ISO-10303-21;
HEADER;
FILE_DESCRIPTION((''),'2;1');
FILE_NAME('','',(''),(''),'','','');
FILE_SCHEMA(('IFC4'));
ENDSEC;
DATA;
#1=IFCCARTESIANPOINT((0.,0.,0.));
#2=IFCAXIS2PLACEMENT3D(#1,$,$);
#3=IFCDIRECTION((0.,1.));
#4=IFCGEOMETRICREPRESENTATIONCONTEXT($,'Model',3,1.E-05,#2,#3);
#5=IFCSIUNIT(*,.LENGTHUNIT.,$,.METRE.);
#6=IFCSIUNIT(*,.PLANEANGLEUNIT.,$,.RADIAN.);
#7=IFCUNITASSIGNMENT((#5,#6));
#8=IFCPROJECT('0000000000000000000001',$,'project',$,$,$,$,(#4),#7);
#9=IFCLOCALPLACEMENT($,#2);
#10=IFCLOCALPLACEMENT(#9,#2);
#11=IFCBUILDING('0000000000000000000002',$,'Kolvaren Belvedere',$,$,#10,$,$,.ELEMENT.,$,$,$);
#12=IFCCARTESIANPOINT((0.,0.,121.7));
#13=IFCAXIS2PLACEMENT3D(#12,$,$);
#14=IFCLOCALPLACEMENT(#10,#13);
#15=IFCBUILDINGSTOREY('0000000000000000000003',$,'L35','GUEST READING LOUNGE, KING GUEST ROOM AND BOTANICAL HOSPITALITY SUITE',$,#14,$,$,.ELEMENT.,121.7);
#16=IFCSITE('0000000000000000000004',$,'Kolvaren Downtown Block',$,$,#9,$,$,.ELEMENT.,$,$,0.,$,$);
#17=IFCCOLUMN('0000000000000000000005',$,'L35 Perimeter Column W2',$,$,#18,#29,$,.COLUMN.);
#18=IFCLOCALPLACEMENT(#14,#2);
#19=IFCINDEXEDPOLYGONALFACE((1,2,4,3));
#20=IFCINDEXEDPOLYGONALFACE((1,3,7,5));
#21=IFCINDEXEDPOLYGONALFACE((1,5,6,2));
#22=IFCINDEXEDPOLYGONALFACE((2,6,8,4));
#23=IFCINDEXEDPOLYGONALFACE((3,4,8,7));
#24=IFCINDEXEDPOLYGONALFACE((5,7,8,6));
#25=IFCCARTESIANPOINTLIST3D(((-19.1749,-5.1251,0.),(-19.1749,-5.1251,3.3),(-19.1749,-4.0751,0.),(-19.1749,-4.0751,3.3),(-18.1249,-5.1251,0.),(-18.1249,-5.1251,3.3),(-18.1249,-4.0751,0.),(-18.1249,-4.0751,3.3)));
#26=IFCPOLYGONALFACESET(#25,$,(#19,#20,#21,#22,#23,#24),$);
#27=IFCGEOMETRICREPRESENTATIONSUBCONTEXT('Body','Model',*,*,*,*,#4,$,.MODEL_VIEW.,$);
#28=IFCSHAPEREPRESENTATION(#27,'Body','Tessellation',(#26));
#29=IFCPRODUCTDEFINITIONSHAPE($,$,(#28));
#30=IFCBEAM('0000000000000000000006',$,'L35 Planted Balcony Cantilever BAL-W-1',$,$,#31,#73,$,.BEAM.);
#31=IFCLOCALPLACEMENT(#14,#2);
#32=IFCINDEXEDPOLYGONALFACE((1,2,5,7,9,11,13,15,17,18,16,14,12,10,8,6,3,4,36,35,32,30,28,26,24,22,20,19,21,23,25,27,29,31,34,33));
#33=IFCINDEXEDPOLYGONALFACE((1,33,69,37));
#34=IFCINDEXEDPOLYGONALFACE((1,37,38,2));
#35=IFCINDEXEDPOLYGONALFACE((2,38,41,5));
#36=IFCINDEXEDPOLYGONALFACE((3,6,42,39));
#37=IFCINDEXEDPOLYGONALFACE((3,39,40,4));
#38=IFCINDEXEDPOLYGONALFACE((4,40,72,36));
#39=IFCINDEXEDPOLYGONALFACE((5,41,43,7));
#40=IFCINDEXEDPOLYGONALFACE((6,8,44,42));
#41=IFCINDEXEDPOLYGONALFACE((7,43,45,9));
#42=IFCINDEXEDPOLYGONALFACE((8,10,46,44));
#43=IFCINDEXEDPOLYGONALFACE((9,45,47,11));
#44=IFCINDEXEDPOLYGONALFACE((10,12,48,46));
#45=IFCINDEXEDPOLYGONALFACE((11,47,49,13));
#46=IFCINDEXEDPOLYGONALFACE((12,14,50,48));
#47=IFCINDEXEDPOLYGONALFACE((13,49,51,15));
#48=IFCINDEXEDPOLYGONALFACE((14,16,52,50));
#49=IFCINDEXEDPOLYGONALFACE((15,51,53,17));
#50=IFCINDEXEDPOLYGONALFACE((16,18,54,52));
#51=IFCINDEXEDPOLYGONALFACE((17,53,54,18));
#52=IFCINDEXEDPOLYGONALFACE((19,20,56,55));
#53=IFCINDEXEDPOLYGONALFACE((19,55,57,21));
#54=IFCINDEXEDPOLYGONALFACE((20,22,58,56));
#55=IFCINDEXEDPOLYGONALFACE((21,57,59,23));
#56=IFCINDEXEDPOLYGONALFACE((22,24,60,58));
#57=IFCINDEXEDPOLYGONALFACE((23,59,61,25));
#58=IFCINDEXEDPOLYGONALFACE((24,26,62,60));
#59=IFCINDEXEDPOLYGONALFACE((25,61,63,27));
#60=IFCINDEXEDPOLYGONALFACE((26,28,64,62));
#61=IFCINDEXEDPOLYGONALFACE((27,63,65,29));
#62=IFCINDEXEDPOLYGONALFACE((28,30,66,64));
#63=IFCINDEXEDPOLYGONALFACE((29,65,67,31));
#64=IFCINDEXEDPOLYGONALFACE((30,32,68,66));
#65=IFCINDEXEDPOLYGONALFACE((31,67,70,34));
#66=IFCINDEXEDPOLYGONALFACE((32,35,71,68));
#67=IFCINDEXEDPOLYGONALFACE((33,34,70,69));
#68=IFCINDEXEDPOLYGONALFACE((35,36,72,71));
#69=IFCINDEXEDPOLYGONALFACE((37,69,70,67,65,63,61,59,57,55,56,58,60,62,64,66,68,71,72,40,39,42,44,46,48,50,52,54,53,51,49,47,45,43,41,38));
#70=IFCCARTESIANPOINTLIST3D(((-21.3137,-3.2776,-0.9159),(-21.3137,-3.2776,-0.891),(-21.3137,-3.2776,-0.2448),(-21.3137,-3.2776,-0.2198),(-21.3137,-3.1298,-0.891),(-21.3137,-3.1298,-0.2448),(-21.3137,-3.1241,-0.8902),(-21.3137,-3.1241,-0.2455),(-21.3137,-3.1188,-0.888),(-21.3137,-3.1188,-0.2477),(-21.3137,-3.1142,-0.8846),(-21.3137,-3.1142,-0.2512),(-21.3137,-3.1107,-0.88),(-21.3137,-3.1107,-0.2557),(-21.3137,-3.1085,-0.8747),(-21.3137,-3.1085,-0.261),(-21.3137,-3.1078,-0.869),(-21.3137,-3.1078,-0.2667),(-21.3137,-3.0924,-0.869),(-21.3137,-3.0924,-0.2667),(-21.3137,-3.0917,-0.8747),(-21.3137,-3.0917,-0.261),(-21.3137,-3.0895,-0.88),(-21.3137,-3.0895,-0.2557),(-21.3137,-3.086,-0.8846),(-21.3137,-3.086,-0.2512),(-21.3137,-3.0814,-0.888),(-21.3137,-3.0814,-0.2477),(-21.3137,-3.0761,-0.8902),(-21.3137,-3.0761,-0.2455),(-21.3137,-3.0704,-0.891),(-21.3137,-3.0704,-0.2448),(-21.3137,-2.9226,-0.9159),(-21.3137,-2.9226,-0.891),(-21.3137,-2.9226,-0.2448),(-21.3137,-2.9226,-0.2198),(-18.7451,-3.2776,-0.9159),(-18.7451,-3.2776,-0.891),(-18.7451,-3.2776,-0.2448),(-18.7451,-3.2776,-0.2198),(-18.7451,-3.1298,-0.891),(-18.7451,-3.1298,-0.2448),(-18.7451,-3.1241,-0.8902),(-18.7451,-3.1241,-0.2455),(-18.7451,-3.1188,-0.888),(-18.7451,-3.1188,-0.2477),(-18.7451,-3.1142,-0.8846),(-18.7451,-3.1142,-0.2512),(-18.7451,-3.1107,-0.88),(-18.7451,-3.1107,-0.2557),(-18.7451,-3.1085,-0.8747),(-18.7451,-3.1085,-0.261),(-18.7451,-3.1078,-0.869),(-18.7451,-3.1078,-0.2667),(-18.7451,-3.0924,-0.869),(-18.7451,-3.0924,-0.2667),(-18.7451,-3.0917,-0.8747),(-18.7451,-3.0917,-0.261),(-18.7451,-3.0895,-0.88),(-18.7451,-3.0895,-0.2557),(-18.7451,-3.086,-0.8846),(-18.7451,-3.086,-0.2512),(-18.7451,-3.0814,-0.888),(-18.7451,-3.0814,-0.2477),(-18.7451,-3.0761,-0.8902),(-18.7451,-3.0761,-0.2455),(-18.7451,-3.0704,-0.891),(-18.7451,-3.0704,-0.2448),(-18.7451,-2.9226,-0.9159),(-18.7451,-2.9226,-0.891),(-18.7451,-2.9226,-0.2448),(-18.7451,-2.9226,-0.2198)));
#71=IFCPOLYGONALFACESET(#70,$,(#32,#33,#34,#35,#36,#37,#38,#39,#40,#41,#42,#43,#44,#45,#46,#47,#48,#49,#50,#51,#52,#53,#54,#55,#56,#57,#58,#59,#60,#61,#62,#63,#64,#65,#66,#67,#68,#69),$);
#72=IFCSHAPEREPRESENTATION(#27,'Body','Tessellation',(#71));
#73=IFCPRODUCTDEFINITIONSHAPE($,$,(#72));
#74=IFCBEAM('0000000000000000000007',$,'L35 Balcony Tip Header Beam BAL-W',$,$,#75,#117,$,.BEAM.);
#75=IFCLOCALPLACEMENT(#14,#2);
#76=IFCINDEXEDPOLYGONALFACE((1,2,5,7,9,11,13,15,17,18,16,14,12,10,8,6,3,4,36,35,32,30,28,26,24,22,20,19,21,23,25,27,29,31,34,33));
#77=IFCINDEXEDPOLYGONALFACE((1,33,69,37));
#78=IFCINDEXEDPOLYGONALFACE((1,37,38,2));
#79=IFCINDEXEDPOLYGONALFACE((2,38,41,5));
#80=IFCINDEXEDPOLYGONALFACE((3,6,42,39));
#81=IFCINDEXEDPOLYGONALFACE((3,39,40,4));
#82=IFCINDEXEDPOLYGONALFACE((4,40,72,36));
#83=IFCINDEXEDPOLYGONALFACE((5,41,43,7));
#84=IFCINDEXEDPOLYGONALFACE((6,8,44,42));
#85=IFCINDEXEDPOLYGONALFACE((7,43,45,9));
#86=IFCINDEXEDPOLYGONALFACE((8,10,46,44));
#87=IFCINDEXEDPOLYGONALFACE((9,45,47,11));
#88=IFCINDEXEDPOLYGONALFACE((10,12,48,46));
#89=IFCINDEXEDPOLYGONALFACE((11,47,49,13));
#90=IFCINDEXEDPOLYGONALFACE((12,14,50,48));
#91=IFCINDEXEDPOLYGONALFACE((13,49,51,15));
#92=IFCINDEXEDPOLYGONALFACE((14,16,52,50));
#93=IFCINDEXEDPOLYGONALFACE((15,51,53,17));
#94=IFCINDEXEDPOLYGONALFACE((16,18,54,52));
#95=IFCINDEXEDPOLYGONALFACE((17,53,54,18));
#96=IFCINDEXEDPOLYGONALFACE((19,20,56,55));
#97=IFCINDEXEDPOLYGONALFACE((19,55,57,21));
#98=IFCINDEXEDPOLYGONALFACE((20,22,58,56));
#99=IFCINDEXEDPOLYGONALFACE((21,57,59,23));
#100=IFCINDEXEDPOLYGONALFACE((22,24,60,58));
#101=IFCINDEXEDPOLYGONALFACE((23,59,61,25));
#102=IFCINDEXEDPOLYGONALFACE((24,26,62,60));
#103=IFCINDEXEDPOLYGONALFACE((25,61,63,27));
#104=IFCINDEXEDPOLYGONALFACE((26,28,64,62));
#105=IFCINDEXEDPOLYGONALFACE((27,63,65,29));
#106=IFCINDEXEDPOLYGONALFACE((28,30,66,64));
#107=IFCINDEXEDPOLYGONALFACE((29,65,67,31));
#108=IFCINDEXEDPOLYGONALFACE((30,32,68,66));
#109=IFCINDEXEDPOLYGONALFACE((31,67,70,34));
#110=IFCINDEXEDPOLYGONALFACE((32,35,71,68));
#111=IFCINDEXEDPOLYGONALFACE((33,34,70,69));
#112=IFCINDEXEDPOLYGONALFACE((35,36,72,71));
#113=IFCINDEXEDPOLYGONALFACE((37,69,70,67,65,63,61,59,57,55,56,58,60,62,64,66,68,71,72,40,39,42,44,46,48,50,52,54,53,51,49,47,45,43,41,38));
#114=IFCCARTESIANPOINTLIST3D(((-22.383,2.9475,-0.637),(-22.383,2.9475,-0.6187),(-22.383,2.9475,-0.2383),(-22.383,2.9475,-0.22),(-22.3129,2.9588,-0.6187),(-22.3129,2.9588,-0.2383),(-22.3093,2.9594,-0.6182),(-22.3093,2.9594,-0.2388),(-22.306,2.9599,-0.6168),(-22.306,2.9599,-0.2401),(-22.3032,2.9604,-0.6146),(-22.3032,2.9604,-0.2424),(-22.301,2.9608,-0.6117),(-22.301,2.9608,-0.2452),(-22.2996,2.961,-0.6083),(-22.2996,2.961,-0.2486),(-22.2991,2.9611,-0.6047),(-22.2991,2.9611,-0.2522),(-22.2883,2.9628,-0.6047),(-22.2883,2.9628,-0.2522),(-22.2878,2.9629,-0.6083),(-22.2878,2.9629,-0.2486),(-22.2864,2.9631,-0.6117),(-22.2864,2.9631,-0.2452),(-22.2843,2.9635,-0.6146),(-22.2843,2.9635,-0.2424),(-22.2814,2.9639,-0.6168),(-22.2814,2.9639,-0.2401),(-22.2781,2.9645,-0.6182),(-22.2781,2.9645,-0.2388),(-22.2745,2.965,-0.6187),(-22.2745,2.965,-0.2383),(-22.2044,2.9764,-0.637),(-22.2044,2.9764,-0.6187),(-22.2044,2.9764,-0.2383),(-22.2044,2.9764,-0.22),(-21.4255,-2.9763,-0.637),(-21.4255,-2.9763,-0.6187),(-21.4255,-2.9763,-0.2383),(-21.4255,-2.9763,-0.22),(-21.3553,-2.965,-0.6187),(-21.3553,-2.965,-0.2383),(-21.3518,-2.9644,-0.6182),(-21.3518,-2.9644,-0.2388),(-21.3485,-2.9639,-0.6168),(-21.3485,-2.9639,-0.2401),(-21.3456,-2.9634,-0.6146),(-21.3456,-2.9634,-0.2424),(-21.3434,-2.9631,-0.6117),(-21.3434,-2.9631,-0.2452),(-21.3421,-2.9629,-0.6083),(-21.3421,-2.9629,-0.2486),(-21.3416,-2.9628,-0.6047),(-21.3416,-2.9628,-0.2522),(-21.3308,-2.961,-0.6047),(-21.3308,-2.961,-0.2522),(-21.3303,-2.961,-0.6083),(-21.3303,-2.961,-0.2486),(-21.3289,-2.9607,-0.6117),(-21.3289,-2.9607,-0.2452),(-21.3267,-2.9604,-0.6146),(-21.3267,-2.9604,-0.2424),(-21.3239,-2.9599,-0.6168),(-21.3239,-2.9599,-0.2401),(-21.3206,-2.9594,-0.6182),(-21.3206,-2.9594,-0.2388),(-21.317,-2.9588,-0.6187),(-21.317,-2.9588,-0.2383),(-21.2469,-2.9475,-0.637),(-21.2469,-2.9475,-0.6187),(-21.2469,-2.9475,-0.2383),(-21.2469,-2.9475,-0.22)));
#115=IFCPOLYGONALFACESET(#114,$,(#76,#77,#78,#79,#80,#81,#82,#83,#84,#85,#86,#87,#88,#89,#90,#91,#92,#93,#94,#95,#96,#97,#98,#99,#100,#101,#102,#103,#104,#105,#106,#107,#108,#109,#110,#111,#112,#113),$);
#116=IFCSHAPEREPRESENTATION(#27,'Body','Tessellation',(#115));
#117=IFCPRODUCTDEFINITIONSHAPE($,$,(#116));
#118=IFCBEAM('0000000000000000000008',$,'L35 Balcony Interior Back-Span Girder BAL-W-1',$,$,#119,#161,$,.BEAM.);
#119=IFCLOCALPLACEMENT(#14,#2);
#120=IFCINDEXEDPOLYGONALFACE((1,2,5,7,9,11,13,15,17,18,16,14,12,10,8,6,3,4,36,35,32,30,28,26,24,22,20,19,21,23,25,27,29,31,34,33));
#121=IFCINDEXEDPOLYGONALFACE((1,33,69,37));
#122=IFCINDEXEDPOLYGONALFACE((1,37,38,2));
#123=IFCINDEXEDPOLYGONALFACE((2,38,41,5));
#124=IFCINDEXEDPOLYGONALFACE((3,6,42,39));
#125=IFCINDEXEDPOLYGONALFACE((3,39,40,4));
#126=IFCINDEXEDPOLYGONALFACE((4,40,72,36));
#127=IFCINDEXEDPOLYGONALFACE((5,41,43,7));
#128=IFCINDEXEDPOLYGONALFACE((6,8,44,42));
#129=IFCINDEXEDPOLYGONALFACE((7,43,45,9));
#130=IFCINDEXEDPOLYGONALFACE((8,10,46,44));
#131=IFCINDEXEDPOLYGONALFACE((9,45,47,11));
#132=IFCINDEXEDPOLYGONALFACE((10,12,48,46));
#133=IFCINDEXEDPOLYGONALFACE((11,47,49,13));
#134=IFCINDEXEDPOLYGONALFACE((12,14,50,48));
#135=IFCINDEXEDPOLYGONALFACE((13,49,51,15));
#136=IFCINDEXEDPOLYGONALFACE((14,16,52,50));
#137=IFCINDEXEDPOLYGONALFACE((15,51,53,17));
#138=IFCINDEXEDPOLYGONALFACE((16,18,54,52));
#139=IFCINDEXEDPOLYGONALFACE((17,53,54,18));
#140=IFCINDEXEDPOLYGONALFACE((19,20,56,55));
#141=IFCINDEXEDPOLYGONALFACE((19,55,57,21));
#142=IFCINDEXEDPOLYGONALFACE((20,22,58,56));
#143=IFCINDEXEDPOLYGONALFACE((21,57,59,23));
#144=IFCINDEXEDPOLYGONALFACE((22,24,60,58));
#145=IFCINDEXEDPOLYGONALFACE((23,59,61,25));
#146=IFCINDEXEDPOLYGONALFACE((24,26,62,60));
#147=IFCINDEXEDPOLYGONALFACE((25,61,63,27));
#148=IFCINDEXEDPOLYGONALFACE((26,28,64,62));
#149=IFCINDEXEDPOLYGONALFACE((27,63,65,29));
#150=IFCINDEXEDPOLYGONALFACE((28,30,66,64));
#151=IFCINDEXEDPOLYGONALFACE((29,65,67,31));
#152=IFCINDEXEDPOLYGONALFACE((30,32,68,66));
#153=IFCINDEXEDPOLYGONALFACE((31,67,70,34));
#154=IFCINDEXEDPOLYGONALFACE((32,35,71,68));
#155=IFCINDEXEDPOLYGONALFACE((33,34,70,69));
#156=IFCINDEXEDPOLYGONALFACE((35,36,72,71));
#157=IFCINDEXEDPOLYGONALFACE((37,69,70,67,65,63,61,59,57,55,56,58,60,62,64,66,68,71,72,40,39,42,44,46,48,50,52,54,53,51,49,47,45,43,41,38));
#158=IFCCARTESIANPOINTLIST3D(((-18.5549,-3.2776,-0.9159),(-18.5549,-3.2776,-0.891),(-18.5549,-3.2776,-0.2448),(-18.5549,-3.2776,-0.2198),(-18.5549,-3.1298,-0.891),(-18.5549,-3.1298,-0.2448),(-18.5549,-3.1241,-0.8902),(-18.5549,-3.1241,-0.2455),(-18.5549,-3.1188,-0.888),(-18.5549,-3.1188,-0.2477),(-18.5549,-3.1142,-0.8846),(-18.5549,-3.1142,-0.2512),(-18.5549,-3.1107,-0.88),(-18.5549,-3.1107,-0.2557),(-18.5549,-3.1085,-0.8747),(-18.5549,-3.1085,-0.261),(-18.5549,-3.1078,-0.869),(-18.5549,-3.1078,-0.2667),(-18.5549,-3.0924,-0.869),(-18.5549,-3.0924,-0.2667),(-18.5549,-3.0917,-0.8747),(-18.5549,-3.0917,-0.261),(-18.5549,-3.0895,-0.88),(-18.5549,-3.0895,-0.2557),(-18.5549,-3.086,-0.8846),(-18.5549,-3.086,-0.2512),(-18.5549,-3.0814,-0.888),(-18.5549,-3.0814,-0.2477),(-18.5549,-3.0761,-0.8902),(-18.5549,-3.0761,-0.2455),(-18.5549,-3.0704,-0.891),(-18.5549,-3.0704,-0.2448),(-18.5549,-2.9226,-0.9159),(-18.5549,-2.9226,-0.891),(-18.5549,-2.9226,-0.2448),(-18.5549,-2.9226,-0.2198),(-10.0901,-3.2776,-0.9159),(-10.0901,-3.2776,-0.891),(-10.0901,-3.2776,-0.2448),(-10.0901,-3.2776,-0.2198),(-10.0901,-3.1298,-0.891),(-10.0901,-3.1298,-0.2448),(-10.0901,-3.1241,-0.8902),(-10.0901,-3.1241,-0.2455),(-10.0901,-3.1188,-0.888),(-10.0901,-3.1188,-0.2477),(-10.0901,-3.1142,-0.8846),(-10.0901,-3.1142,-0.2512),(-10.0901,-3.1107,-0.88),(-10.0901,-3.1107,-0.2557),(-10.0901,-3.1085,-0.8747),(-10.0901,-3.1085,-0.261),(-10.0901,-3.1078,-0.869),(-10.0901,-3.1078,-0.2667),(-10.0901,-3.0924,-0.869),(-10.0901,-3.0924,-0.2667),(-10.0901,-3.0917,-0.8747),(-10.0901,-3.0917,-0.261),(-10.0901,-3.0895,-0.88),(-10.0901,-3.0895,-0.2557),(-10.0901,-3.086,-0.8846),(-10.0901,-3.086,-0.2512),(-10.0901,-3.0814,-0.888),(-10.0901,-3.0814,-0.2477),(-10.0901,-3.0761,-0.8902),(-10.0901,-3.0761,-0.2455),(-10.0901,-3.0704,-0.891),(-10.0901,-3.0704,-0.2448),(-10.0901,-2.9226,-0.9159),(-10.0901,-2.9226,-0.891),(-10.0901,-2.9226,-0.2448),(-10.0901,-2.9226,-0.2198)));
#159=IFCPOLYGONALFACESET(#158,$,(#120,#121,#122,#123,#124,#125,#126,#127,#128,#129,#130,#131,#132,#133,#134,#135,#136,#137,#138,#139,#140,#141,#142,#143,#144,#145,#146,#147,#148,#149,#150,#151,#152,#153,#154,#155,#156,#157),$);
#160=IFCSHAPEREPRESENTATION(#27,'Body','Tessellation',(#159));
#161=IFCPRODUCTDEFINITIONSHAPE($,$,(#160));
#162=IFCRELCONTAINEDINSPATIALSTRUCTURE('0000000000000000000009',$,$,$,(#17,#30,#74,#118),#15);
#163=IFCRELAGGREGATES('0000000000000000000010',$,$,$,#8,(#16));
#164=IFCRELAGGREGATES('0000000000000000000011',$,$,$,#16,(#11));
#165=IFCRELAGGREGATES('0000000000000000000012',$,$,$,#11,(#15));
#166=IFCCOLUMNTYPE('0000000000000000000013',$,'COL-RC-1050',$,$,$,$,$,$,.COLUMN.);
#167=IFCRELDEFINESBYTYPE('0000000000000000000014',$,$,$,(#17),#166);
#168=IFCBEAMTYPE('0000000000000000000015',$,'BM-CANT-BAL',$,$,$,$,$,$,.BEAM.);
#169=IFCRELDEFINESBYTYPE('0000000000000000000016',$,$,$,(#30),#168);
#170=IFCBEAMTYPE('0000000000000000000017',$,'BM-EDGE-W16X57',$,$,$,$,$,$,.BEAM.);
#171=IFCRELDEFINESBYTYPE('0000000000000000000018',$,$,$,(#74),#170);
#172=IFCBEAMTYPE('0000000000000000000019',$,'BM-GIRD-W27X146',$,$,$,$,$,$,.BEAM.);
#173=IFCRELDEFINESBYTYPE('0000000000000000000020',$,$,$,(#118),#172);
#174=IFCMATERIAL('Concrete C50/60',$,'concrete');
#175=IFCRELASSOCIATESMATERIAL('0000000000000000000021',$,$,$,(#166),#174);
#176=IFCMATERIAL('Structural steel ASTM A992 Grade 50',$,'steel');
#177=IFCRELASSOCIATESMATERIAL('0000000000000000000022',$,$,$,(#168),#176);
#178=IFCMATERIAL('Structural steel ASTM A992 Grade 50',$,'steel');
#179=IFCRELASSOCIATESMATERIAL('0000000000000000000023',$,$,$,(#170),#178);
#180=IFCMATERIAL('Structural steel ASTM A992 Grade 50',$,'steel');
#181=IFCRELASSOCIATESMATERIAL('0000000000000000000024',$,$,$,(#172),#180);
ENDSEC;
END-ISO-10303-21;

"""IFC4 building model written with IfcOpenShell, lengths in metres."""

from ifc_helpers import new_model, si_unit, direction, frame, origin, origin_2d, place, context, subcontext, project, spatial, rectangle, i_section, extrude, material, material_profile, profile_set, type_object, element, save


model = new_model("IFC4")

# Units and contexts
model_context = context("Model", 3, precision=1e-05, world=origin(), true_north=direction((0.0, 1.0)))
body_context = subcontext(model_context, "Body", "Model", "MODEL_VIEW")
ifc_project = project(units=[si_unit("LENGTHUNIT", "METRE"), si_unit("PLANEANGLEUNIT", "RADIAN")], contexts=[model_context])

# Site, building, storey
site_placement = place(None, origin())
site = spatial("IfcSite", under=ifc_project, at=site_placement, Name="Kolvaren Downtown Block", CompositionType="ELEMENT", RefElevation=0.0)
building_placement = place(site_placement, origin())
building = spatial("IfcBuilding", under=site, at=building_placement, Name="Kolvaren Belvedere", CompositionType="ELEMENT")
storey_placement = place(building_placement, frame((0.0, 0.0, 121.7)))
storey = spatial("IfcBuildingStorey", under=building, at=storey_placement, Name="L35", Description="GUEST READING LOUNGE, KING GUEST ROOM AND BOTANICAL HOSPITALITY SUITE", CompositionType="ELEMENT", Elevation=121.7)

# Column
ifc_material_1 = material(Name="Concrete C50/60", Category="concrete")
ifc_material_profile_1 = material_profile(ifc_material_1, rectangle(XDim=1.05, YDim=1.05, at=origin_2d()), Name="RC 1050X1050")
ifc_profile_set_1 = profile_set([ifc_material_profile_1], Name="Concrete C50/60")
column_type = type_object("IfcColumnType", Name="COL-RC-1050", PredefinedType="COLUMN", material=ifc_profile_set_1)
column_placement = place(storey_placement, frame((-18.6499, -4.6001, 0.0), z_axis=(0.0, 0.0, 1.0), x_axis=(1.0, 0.0, 0.0)))
element("IfcColumn", 1, at=column_placement, inside=storey, type_object=column_type, Name="L35 Perimeter Column W2", PredefinedType="COLUMN", context=body_context, shape_type="SweptSolid", body=[
    extrude(rectangle(XDim=1.05, YDim=1.05, at=origin_2d()), origin(), (0.0, 0.0, 1.0), 3.3),
])

# Beams
ifc_material_2 = material(Name="Structural steel ASTM A992 Grade 50", Category="steel")
ifc_material_profile_2 = material_profile(ifc_material_2, i_section(OverallWidth=0.355, OverallDepth=0.696, WebThickness=0.0154, FlangeThickness=0.0249, FilletRadius=0.022, at=origin_2d()), Name="W27X146")
ifc_profile_set_2 = profile_set([ifc_material_profile_2], Name="Structural steel ASTM A992 Grade 50")
beam_type_1 = type_object("IfcBeamType", Name="BM-CANT-BAL", PredefinedType="BEAM", material=ifc_profile_set_2)
beam_1_placement = place(storey_placement, frame((-18.7451, -3.1001, -0.5679), z_axis=(-1.0, 0.0, 0.0), x_axis=(0.0, -1.0, 0.0)))
element("IfcBeam", 2, at=beam_1_placement, inside=storey, type_object=beam_type_1, Name="L35 Planted Balcony Cantilever BAL-W-1", PredefinedType="BEAM", context=body_context, shape_type="SweptSolid", body=[
    extrude(i_section(OverallWidth=0.355, OverallDepth=0.696, WebThickness=0.0154, FlangeThickness=0.0249, FilletRadius=0.022, at=origin_2d()), origin(), (0.0, 0.0, 1.0), 2.5686),
])
ifc_material_3 = material(Name="Structural steel ASTM A992 Grade 50", Category="steel")
ifc_material_profile_3 = material_profile(ifc_material_3, i_section(OverallWidth=0.1809, OverallDepth=0.417, WebThickness=0.011, FlangeThickness=0.0183, FilletRadius=0.0139, at=origin_2d()), Name="W16X57")
ifc_profile_set_3 = profile_set([ifc_material_profile_3], Name="Structural steel ASTM A992 Grade 50")
beam_type_2 = type_object("IfcBeamType", Name="BM-EDGE-W16X57", PredefinedType="BEAM", material=ifc_profile_set_3)
beam_2_placement = place(storey_placement, frame((-21.3362, -2.9619, -0.4285), z_axis=(-0.159568, 0.987187, 0.0), x_axis=(-0.987187, -0.159568, 0.0)))
element("IfcBeam", 3, at=beam_2_placement, inside=storey, type_object=beam_type_2, Name="L35 Balcony Tip Header Beam BAL-W", PredefinedType="BEAM", context=body_context, shape_type="SweptSolid", body=[
    extrude(i_section(OverallWidth=0.1809, OverallDepth=0.417, WebThickness=0.011, FlangeThickness=0.0183, FilletRadius=0.0139, at=origin_2d()), origin(), (0.0, 0.0, 1.0), 6.0007),
])
ifc_material_4 = material(Name="Structural steel ASTM A992 Grade 50", Category="steel")
ifc_material_profile_4 = material_profile(ifc_material_4, i_section(OverallWidth=0.355, OverallDepth=0.696, WebThickness=0.0154, FlangeThickness=0.0249, FilletRadius=0.022, at=origin_2d()), Name="W27X146")
ifc_profile_set_4 = profile_set([ifc_material_profile_4], Name="Structural steel ASTM A992 Grade 50")
beam_type_3 = type_object("IfcBeamType", Name="BM-GIRD-W27X146", PredefinedType="BEAM", material=ifc_profile_set_4)
beam_3_placement = place(storey_placement, frame((-10.0901, -3.1001, -0.5679), z_axis=(-1.0, 0.0, 0.0), x_axis=(0.0, -1.0, 0.0)))
element("IfcBeam", 4, at=beam_3_placement, inside=storey, type_object=beam_type_3, Name="L35 Balcony Interior Back-Span Girder BAL-W-1", PredefinedType="BEAM", context=body_context, shape_type="SweptSolid", body=[
    extrude(i_section(OverallWidth=0.355, OverallDepth=0.696, WebThickness=0.0154, FlangeThickness=0.0249, FilletRadius=0.022, at=origin_2d()), origin(), (0.0, 0.0, 1.0), 8.4648),
])

save(model, "model.ifc")
